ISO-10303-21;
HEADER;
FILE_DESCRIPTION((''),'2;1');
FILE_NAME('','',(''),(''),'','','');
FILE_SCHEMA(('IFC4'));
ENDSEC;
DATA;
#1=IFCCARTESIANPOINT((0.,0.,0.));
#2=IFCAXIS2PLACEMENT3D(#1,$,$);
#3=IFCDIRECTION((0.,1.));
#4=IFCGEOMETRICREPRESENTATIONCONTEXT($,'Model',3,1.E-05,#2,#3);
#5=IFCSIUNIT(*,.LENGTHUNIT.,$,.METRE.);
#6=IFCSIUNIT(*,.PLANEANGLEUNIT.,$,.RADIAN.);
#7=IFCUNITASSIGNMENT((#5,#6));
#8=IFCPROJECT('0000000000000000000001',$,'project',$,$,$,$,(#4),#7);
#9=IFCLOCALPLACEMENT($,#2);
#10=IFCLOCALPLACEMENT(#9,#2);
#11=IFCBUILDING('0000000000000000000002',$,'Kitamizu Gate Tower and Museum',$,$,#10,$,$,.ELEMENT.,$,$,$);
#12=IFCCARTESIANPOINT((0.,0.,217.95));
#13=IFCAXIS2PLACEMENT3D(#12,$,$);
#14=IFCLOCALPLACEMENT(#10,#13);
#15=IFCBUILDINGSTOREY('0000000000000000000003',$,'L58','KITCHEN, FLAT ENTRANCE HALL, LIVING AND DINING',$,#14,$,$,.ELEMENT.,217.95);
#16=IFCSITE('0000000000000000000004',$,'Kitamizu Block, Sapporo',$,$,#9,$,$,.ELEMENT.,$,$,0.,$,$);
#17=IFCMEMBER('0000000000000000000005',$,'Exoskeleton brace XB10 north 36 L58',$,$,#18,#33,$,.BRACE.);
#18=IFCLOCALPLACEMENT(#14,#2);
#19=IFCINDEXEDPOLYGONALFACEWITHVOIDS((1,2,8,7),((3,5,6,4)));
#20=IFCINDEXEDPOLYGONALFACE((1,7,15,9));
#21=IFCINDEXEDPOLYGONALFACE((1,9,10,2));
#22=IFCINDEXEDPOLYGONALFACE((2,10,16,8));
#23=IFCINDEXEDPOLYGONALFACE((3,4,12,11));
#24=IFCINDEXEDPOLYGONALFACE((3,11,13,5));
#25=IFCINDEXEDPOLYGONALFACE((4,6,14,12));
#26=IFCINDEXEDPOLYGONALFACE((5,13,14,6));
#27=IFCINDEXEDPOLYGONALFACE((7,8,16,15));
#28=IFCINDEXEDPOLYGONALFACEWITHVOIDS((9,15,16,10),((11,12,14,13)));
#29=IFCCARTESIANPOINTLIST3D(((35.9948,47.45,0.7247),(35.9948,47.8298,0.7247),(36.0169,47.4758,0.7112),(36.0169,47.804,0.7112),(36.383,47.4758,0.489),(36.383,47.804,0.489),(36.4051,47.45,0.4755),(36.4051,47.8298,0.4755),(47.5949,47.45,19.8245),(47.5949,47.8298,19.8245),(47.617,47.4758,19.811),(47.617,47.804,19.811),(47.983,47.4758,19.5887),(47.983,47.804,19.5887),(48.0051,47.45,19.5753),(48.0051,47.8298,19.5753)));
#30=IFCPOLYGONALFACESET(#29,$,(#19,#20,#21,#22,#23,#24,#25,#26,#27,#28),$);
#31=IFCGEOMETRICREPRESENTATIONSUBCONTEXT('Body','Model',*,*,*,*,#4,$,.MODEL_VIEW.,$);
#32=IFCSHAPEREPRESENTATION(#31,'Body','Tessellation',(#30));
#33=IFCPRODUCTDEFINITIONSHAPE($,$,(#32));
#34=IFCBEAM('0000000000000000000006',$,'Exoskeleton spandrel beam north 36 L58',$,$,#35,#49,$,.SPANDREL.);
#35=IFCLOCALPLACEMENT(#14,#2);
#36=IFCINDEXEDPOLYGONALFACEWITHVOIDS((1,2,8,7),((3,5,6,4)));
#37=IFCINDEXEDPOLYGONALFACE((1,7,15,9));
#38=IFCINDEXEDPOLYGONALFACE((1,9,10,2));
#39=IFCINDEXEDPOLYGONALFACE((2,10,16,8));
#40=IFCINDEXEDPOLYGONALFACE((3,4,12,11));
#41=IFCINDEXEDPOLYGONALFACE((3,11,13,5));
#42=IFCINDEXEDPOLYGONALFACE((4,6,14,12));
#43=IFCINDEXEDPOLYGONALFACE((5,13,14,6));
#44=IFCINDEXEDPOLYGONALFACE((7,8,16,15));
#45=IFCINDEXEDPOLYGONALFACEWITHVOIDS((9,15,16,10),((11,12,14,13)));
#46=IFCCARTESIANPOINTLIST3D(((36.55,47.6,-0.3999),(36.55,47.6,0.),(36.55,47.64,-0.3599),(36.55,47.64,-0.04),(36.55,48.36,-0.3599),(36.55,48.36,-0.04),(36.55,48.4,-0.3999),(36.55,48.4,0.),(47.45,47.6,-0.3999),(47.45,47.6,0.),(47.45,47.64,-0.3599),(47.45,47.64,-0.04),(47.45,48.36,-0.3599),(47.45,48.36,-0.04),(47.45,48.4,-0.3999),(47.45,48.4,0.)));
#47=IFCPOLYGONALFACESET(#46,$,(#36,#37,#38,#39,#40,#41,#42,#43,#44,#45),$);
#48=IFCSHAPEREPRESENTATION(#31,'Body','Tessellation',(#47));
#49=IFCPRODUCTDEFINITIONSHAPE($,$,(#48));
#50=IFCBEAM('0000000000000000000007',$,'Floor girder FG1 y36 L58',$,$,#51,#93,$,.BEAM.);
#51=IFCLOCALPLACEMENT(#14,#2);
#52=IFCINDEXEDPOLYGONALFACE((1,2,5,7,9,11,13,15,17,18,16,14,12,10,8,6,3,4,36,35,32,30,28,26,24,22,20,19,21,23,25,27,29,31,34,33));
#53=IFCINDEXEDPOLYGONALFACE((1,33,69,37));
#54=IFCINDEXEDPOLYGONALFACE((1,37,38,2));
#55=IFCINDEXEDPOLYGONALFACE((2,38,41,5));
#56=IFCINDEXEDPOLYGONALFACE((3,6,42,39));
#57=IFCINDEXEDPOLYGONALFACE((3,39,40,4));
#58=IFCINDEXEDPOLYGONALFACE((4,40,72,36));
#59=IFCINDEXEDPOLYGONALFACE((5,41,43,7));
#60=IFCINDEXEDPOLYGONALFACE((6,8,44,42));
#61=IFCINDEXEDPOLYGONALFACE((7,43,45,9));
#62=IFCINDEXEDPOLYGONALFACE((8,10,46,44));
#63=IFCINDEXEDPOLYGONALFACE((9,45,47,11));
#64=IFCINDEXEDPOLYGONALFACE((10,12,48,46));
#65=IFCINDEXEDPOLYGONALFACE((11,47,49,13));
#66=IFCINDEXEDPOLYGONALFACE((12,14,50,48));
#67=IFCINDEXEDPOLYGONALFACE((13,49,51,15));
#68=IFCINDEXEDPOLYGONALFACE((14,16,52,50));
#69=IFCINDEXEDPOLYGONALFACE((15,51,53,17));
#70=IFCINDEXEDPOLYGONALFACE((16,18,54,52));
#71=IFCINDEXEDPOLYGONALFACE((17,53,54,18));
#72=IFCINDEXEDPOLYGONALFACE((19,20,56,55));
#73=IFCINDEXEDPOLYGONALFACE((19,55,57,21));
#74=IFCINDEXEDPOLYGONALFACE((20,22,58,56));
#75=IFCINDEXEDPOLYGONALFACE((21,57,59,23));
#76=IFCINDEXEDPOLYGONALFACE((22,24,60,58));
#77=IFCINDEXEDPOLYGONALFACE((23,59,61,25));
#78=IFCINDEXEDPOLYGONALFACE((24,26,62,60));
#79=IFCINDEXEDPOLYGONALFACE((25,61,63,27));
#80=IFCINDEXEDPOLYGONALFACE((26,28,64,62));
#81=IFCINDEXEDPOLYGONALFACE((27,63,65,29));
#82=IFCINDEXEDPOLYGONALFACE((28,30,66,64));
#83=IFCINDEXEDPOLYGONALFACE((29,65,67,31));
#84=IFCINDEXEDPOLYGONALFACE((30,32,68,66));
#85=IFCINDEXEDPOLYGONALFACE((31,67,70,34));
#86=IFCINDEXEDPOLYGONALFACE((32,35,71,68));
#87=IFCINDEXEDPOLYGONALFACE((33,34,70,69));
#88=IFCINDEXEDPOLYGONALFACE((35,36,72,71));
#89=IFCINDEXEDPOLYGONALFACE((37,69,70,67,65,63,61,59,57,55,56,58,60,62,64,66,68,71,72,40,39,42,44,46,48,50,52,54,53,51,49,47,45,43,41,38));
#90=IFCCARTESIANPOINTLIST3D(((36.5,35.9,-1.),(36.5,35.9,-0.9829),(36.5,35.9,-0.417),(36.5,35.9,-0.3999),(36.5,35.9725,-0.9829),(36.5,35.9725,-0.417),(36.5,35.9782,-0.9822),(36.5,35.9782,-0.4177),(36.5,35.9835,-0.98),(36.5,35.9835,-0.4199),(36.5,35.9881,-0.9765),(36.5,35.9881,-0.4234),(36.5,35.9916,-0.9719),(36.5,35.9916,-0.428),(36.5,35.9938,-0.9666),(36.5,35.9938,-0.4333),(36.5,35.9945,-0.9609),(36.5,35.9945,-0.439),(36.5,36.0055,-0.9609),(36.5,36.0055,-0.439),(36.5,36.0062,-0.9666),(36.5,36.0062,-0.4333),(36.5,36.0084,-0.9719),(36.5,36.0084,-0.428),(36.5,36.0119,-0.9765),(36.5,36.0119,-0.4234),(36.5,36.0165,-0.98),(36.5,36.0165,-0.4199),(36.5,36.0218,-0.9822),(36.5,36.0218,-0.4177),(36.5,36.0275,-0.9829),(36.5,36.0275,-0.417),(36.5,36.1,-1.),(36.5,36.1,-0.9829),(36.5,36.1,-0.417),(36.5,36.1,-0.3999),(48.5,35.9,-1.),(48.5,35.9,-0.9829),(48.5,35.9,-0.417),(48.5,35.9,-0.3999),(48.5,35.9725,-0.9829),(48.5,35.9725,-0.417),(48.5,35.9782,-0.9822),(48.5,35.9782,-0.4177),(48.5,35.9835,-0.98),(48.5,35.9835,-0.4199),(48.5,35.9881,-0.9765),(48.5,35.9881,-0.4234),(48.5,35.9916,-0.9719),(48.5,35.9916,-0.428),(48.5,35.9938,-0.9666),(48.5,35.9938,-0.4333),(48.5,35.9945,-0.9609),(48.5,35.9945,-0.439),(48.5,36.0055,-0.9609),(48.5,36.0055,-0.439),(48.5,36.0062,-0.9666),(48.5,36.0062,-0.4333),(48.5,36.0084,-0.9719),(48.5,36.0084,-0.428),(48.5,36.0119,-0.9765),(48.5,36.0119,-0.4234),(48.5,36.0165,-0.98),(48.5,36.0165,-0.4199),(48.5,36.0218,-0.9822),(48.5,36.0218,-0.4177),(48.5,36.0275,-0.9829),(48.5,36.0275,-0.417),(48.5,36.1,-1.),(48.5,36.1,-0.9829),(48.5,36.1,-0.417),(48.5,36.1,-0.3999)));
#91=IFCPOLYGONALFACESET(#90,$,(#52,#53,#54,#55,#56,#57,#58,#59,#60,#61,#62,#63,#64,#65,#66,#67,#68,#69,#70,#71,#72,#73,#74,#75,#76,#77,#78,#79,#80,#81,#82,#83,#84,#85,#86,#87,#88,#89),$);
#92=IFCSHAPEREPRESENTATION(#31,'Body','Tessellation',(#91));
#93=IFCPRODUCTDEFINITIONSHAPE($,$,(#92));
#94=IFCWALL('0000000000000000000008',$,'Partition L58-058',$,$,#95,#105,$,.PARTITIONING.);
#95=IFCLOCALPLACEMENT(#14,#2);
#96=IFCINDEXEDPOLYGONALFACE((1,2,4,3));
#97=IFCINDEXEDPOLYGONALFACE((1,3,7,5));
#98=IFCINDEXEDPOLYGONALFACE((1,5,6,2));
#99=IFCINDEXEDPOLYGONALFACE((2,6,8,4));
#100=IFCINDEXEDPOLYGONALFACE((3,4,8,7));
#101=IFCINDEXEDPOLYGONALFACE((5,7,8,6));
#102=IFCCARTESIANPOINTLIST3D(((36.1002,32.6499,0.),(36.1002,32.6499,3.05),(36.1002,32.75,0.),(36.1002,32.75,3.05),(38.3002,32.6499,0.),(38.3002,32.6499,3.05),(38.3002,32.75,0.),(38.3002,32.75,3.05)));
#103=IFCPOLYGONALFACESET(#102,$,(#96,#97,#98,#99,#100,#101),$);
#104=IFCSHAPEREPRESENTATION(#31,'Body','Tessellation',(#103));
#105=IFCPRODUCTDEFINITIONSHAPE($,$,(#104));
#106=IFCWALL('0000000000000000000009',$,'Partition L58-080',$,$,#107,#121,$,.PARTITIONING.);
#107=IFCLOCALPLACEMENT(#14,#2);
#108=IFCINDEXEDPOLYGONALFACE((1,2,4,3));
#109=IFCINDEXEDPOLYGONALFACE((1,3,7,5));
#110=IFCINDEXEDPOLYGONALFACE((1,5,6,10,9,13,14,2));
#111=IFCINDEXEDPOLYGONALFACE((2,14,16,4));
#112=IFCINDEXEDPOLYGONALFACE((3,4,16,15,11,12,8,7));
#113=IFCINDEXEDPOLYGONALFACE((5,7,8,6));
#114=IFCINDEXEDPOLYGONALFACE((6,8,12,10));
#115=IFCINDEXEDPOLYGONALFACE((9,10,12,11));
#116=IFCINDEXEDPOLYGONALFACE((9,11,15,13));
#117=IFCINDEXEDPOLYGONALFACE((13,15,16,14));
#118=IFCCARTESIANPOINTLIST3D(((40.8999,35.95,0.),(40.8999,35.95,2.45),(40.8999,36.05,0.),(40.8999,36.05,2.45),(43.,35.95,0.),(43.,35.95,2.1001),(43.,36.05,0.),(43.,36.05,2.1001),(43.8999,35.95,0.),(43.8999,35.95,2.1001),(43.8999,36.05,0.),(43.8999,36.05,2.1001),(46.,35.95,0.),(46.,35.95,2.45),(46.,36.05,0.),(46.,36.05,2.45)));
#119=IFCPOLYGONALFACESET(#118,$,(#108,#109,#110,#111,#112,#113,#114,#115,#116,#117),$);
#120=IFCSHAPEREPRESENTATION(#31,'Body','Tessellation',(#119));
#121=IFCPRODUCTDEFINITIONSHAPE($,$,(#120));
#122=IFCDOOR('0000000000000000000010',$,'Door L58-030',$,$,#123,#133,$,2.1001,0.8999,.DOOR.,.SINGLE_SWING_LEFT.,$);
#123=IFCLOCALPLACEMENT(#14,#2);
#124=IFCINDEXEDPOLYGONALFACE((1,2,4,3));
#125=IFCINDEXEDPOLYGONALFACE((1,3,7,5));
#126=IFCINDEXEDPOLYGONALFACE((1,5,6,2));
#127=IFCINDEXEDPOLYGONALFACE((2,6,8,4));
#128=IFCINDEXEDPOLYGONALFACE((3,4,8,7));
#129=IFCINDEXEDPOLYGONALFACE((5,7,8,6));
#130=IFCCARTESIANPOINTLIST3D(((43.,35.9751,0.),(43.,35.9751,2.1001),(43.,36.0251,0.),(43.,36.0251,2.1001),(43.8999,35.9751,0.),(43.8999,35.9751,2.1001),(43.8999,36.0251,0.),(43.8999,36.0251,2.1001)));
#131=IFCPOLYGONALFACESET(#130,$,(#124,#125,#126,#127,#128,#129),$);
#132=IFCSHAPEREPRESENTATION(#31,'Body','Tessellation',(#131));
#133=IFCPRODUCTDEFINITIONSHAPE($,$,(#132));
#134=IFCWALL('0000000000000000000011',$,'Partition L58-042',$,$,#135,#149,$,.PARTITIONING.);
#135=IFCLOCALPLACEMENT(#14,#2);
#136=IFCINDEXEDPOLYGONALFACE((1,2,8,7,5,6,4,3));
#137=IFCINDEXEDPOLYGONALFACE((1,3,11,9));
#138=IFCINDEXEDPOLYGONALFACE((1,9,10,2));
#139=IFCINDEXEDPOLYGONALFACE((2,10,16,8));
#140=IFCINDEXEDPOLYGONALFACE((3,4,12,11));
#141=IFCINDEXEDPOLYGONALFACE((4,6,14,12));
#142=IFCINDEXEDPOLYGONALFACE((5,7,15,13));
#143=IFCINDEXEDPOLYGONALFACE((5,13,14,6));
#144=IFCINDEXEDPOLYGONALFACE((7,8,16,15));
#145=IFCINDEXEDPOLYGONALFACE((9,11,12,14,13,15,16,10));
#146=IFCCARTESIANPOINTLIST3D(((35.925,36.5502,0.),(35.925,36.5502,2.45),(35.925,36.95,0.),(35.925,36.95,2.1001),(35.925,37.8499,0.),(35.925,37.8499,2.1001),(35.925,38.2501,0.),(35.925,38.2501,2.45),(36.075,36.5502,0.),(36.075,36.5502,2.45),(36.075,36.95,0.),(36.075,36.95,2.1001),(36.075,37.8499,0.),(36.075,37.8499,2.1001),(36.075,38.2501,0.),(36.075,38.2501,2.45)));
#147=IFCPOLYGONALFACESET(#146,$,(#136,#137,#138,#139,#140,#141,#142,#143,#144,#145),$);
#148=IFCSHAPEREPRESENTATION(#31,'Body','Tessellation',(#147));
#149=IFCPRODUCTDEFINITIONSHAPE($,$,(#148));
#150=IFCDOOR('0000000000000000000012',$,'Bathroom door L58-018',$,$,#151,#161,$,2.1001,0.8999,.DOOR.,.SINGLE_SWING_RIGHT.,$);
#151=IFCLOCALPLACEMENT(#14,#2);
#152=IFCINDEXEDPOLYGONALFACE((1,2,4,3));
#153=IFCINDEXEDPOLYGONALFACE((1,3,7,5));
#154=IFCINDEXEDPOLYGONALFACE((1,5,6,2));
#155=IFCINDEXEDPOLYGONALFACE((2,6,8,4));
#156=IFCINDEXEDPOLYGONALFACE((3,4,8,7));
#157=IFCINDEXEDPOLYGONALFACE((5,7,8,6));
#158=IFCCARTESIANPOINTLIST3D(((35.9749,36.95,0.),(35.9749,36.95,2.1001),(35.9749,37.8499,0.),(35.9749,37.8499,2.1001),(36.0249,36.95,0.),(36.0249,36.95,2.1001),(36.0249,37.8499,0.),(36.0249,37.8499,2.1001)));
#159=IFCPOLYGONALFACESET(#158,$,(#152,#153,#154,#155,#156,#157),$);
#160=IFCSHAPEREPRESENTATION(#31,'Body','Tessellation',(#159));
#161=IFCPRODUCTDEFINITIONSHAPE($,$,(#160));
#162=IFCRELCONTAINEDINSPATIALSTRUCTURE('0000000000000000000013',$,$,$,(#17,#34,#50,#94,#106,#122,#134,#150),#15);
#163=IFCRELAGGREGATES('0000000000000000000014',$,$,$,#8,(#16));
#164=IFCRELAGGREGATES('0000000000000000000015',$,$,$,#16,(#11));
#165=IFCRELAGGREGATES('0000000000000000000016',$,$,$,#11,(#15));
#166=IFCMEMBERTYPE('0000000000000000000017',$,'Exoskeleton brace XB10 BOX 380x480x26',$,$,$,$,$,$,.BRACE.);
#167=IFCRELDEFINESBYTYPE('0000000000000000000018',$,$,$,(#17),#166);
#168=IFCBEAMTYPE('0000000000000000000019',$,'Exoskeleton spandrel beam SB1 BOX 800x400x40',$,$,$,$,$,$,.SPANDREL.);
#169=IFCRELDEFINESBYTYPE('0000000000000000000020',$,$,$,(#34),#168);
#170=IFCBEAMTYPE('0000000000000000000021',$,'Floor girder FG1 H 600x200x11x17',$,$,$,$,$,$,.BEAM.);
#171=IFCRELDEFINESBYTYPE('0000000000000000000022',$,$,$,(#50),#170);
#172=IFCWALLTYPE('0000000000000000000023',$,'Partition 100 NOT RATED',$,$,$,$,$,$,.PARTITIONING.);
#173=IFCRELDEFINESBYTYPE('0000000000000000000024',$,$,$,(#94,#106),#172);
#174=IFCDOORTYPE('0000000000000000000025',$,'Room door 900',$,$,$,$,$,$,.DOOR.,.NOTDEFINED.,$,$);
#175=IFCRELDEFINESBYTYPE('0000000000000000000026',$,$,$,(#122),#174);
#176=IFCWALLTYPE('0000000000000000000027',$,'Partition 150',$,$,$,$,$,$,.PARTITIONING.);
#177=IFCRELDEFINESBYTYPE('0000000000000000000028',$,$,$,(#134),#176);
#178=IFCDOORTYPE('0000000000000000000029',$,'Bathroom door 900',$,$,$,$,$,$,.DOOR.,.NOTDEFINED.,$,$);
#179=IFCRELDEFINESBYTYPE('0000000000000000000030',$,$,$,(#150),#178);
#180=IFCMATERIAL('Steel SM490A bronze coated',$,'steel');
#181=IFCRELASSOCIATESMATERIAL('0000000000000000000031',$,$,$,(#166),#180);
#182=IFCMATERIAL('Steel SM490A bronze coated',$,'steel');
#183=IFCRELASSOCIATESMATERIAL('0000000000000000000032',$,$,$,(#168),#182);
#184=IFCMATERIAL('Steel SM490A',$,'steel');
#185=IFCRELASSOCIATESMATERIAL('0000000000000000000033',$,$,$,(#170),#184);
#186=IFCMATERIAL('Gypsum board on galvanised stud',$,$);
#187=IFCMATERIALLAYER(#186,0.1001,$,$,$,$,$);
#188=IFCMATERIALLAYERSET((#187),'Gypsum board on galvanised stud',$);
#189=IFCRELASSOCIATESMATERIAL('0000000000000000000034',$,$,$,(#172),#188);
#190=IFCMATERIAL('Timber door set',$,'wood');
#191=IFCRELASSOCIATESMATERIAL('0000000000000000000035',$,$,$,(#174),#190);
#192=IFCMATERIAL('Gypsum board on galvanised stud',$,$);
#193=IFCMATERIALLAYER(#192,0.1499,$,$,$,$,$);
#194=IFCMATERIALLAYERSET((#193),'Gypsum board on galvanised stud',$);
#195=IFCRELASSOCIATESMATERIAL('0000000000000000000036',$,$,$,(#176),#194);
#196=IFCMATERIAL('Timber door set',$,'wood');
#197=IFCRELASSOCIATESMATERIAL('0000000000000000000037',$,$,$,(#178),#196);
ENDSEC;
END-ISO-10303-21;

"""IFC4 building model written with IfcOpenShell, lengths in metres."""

from ifc_helpers import new_model, si_unit, direction, frame, frame_2d, origin, origin_2d, place, context, subcontext, project, spatial, rectangle, hollow_rectangle, i_section, extrude, material, layer, layer_set, material_profile, profile_set, type_object, element, fill, save


model = new_model("IFC4")

# Units and contexts
model_context = context("Model", 3, precision=1e-05, world=origin(), true_north=direction((0.0, 1.0)))
body_context = subcontext(model_context, "Body", "Model", "MODEL_VIEW")
ifc_project = project(units=[si_unit("LENGTHUNIT", "METRE"), si_unit("PLANEANGLEUNIT", "RADIAN")], contexts=[model_context])

# Site, building, storey
site_placement = place(None, origin())
site = spatial("IfcSite", under=ifc_project, at=site_placement, Name="Kitamizu Block, Sapporo", CompositionType="ELEMENT", RefElevation=0.0)
building_placement = place(site_placement, origin())
building = spatial("IfcBuilding", under=site, at=building_placement, Name="Kitamizu Gate Tower and Museum", CompositionType="ELEMENT")
storey_placement = place(building_placement, frame((0.0, 0.0, 217.95)))
storey = spatial("IfcBuildingStorey", under=building, at=storey_placement, Name="L58", Description="KITCHEN, FLAT ENTRANCE HALL, LIVING AND DINING", CompositionType="ELEMENT", Elevation=217.95)

# Member
ifc_material_1 = material(Name="Steel SM490A bronze coated", Category="steel")
ifc_material_profile_1 = material_profile(ifc_material_1, hollow_rectangle(XDim=0.3799, YDim=0.48, WallThickness=0.0259, at=origin_2d()), Name="BOX 380x480x26")
ifc_profile_set_1 = profile_set([ifc_material_profile_1], Name="Steel SM490A bronze coated")
member_type = type_object("IfcMemberType", Name="Exoskeleton brace XB10 BOX 380x480x26", PredefinedType="BRACE", material=ifc_profile_set_1)
member_placement = place(storey_placement, frame((36.2, 47.6399, 0.6001), z_axis=(0.519101, 0.0, 0.854713), x_axis=(0.0, 1.0, 0.0)))
element("IfcMember", 1, at=member_placement, inside=storey, type_object=member_type, Name="Exoskeleton brace XB10 north 36 L58", PredefinedType="BRACE", context=body_context, shape_type="SweptSolid", body=[
    extrude(hollow_rectangle(XDim=0.3799, YDim=0.48, WallThickness=0.0259, at=origin_2d()), origin(), (0.0, 0.0, 1.0), 22.3464),
])

# Beams
ifc_material_2 = material(Name="Steel SM490A bronze coated", Category="steel")
ifc_material_profile_2 = material_profile(ifc_material_2, hollow_rectangle(XDim=0.8, YDim=0.3999, WallThickness=0.04, at=origin_2d()), Name="BOX 800x400x40")
ifc_profile_set_2 = profile_set([ifc_material_profile_2], Name="Steel SM490A bronze coated")
beam_type_1 = type_object("IfcBeamType", Name="Exoskeleton spandrel beam SB1 BOX 800x400x40", PredefinedType="SPANDREL", material=ifc_profile_set_2)
beam_1_placement = place(storey_placement, frame((36.55, 48.0, -0.2), z_axis=(1.0, 0.0, 0.0), x_axis=(0.0, 1.0, 0.0)))
element("IfcBeam", 2, at=beam_1_placement, inside=storey, type_object=beam_type_1, Name="Exoskeleton spandrel beam north 36 L58", PredefinedType="SPANDREL", context=body_context, shape_type="SweptSolid", body=[
    extrude(hollow_rectangle(XDim=0.8, YDim=0.3999, WallThickness=0.04, at=origin_2d()), origin(), (0.0, 0.0, 1.0), 10.8999),
])
ifc_material_3 = material(Name="Steel SM490A", Category="steel")
ifc_material_profile_3 = material_profile(ifc_material_3, i_section(OverallWidth=0.2, OverallDepth=0.6001, WebThickness=0.011, FlangeThickness=0.0171, FilletRadius=0.022, at=origin_2d()), Name="H-600x200x11x17")
ifc_profile_set_3 = profile_set([ifc_material_profile_3], Name="Steel SM490A")
beam_type_2 = type_object("IfcBeamType", Name="Floor girder FG1 H 600x200x11x17", PredefinedType="BEAM", material=ifc_profile_set_3)
beam_2_placement = place(storey_placement, frame((36.5, 36.0, -0.7), z_axis=(1.0, 0.0, 0.0), x_axis=(0.0, 1.0, 0.0)))
element("IfcBeam", 3, at=beam_2_placement, inside=storey, type_object=beam_type_2, Name="Floor girder FG1 y36 L58", PredefinedType="BEAM", context=body_context, shape_type="SweptSolid", body=[
    extrude(i_section(OverallWidth=0.2, OverallDepth=0.6001, WebThickness=0.011, FlangeThickness=0.0171, FilletRadius=0.022, at=origin_2d()), origin(), (0.0, 0.0, 1.0), 12.0),
])

# Wall
ifc_material_4 = material(Name="Gypsum board on galvanised stud")
ifc_layer_1 = layer(ifc_material_4, 0.1001)
ifc_layer_set_1 = layer_set([ifc_layer_1], Name="Gypsum board on galvanised stud")
wall_type_1 = type_object("IfcWallType", Name="Partition 100 NOT RATED", PredefinedType="PARTITIONING", material=ifc_layer_set_1)
wall_1_placement = place(storey_placement, frame((36.1001, 32.7, 0.0), z_axis=(0.0, 0.0, 1.0), x_axis=(1.0, 0.0, 0.0)))
element("IfcWall", 4, at=wall_1_placement, inside=storey, type_object=wall_type_1, Name="Partition L58-058", PredefinedType="PARTITIONING", context=body_context, shape_type="SweptSolid", body=[
    extrude(rectangle(XDim=2.2, YDim=0.1001, at=frame_2d((1.1001, 0.0))), origin(), (0.0, 0.0, 1.0), 3.05),
])

# Walls, openings, doors
wall_2_placement = place(storey_placement, frame((40.8999, 36.0, 0.0), z_axis=(0.0, 0.0, 1.0), x_axis=(1.0, 0.0, 0.0)))
wall_2 = element("IfcWall", 5, at=wall_2_placement, inside=storey, type_object=wall_type_1, Name="Partition L58-080", PredefinedType="PARTITIONING", context=body_context, shape_type="SweptSolid", body=[
    extrude(rectangle(XDim=5.1001, YDim=0.1001, at=frame_2d((2.55, 0.0))), origin(), (0.0, 0.0, 1.0), 2.45),
])
opening_1_placement = place(wall_2_placement, frame((2.1001, 0.0, 0.0)))
opening_1 = element("IfcOpeningElement", 6, at=opening_1_placement, cuts=wall_2, PredefinedType="OPENING", context=body_context, shape_type="SweptSolid", body=[
    extrude(rectangle(XDim=0.8999, YDim=2.1001, at=frame_2d((0.45, 1.05))), frame((0.0, 0.0601, 0.0), z_axis=(0.0, -1.0, 0.0), x_axis=(1.0, 0.0, 0.0)), (0.0, 0.0, 1.0), 0.1201),
])
ifc_material_5 = material(Name="Timber door set", Category="wood")
door_type_1 = type_object("IfcDoorType", Name="Room door 900", OperationType="NOTDEFINED", PredefinedType="DOOR", material=ifc_material_5)
door_1_placement = place(opening_1_placement, frame((0.8999, 0.0, 0.0), x_axis=(-1.0, 0.0, 0.0)))
door_1 = element("IfcDoor", 7, at=door_1_placement, inside=storey, type_object=door_type_1, Name="Door L58-030", OperationType="SINGLE_SWING_LEFT", OverallHeight=2.1001, OverallWidth=0.8999, PredefinedType="DOOR", context=body_context, shape_type="SweptSolid", body=[
    extrude(rectangle(XDim=0.8999, YDim=2.1001, at=frame_2d((0.45, 1.05))), frame((0.0, 0.0249, 0.0), z_axis=(0.0, -1.0, 0.0), x_axis=(1.0, 0.0, 0.0)), (0.0, 0.0, 1.0), 0.05),
])
fill(opening_1, door_1)
ifc_material_6 = material(Name="Gypsum board on galvanised stud")
ifc_layer_2 = layer(ifc_material_6, 0.1499)
ifc_layer_set_2 = layer_set([ifc_layer_2], Name="Gypsum board on galvanised stud")
wall_type_2 = type_object("IfcWallType", Name="Partition 150", PredefinedType="PARTITIONING", material=ifc_layer_set_2)
wall_3_placement = place(storey_placement, frame((36.0, 36.55, 0.0), z_axis=(0.0, 0.0, 1.0), x_axis=(0.0, 1.0, 0.0)))
wall_3 = element("IfcWall", 8, at=wall_3_placement, inside=storey, type_object=wall_type_2, Name="Partition L58-042", PredefinedType="PARTITIONING", context=body_context, shape_type="SweptSolid", body=[
    extrude(rectangle(XDim=1.7, YDim=0.1499, at=frame_2d((0.8501, 0.0))), origin(), (0.0, 0.0, 1.0), 2.45),
])
opening_2_placement = place(wall_3_placement, frame((0.3999, 0.0, 0.0)))
opening_2 = element("IfcOpeningElement", 9, at=opening_2_placement, cuts=wall_3, PredefinedType="OPENING", context=body_context, shape_type="SweptSolid", body=[
    extrude(rectangle(XDim=0.8999, YDim=2.1001, at=frame_2d((0.45, 1.05))), frame((0.0, 0.085, 0.0), z_axis=(0.0, -1.0, 0.0), x_axis=(1.0, 0.0, 0.0)), (0.0, 0.0, 1.0), 0.1699),
])
ifc_material_7 = material(Name="Timber door set", Category="wood")
door_type_2 = type_object("IfcDoorType", Name="Bathroom door 900", OperationType="NOTDEFINED", PredefinedType="DOOR", material=ifc_material_7)
door_2_placement = place(opening_2_placement, frame((0.8999, 0.0, 0.0), x_axis=(-1.0, 0.0, 0.0)))
door_2 = element("IfcDoor", 10, at=door_2_placement, inside=storey, type_object=door_type_2, Name="Bathroom door L58-018", OperationType="SINGLE_SWING_RIGHT", OverallHeight=2.1001, OverallWidth=0.8999, PredefinedType="DOOR", context=body_context, shape_type="SweptSolid", body=[
    extrude(rectangle(XDim=0.8999, YDim=2.1001, at=frame_2d((0.45, 1.05))), frame((0.0, 0.0249, 0.0), z_axis=(0.0, -1.0, 0.0), x_axis=(1.0, 0.0, 0.0)), (0.0, 0.0, 1.0), 0.05),
])
fill(opening_2, door_2)

save(model, "model.ifc")
